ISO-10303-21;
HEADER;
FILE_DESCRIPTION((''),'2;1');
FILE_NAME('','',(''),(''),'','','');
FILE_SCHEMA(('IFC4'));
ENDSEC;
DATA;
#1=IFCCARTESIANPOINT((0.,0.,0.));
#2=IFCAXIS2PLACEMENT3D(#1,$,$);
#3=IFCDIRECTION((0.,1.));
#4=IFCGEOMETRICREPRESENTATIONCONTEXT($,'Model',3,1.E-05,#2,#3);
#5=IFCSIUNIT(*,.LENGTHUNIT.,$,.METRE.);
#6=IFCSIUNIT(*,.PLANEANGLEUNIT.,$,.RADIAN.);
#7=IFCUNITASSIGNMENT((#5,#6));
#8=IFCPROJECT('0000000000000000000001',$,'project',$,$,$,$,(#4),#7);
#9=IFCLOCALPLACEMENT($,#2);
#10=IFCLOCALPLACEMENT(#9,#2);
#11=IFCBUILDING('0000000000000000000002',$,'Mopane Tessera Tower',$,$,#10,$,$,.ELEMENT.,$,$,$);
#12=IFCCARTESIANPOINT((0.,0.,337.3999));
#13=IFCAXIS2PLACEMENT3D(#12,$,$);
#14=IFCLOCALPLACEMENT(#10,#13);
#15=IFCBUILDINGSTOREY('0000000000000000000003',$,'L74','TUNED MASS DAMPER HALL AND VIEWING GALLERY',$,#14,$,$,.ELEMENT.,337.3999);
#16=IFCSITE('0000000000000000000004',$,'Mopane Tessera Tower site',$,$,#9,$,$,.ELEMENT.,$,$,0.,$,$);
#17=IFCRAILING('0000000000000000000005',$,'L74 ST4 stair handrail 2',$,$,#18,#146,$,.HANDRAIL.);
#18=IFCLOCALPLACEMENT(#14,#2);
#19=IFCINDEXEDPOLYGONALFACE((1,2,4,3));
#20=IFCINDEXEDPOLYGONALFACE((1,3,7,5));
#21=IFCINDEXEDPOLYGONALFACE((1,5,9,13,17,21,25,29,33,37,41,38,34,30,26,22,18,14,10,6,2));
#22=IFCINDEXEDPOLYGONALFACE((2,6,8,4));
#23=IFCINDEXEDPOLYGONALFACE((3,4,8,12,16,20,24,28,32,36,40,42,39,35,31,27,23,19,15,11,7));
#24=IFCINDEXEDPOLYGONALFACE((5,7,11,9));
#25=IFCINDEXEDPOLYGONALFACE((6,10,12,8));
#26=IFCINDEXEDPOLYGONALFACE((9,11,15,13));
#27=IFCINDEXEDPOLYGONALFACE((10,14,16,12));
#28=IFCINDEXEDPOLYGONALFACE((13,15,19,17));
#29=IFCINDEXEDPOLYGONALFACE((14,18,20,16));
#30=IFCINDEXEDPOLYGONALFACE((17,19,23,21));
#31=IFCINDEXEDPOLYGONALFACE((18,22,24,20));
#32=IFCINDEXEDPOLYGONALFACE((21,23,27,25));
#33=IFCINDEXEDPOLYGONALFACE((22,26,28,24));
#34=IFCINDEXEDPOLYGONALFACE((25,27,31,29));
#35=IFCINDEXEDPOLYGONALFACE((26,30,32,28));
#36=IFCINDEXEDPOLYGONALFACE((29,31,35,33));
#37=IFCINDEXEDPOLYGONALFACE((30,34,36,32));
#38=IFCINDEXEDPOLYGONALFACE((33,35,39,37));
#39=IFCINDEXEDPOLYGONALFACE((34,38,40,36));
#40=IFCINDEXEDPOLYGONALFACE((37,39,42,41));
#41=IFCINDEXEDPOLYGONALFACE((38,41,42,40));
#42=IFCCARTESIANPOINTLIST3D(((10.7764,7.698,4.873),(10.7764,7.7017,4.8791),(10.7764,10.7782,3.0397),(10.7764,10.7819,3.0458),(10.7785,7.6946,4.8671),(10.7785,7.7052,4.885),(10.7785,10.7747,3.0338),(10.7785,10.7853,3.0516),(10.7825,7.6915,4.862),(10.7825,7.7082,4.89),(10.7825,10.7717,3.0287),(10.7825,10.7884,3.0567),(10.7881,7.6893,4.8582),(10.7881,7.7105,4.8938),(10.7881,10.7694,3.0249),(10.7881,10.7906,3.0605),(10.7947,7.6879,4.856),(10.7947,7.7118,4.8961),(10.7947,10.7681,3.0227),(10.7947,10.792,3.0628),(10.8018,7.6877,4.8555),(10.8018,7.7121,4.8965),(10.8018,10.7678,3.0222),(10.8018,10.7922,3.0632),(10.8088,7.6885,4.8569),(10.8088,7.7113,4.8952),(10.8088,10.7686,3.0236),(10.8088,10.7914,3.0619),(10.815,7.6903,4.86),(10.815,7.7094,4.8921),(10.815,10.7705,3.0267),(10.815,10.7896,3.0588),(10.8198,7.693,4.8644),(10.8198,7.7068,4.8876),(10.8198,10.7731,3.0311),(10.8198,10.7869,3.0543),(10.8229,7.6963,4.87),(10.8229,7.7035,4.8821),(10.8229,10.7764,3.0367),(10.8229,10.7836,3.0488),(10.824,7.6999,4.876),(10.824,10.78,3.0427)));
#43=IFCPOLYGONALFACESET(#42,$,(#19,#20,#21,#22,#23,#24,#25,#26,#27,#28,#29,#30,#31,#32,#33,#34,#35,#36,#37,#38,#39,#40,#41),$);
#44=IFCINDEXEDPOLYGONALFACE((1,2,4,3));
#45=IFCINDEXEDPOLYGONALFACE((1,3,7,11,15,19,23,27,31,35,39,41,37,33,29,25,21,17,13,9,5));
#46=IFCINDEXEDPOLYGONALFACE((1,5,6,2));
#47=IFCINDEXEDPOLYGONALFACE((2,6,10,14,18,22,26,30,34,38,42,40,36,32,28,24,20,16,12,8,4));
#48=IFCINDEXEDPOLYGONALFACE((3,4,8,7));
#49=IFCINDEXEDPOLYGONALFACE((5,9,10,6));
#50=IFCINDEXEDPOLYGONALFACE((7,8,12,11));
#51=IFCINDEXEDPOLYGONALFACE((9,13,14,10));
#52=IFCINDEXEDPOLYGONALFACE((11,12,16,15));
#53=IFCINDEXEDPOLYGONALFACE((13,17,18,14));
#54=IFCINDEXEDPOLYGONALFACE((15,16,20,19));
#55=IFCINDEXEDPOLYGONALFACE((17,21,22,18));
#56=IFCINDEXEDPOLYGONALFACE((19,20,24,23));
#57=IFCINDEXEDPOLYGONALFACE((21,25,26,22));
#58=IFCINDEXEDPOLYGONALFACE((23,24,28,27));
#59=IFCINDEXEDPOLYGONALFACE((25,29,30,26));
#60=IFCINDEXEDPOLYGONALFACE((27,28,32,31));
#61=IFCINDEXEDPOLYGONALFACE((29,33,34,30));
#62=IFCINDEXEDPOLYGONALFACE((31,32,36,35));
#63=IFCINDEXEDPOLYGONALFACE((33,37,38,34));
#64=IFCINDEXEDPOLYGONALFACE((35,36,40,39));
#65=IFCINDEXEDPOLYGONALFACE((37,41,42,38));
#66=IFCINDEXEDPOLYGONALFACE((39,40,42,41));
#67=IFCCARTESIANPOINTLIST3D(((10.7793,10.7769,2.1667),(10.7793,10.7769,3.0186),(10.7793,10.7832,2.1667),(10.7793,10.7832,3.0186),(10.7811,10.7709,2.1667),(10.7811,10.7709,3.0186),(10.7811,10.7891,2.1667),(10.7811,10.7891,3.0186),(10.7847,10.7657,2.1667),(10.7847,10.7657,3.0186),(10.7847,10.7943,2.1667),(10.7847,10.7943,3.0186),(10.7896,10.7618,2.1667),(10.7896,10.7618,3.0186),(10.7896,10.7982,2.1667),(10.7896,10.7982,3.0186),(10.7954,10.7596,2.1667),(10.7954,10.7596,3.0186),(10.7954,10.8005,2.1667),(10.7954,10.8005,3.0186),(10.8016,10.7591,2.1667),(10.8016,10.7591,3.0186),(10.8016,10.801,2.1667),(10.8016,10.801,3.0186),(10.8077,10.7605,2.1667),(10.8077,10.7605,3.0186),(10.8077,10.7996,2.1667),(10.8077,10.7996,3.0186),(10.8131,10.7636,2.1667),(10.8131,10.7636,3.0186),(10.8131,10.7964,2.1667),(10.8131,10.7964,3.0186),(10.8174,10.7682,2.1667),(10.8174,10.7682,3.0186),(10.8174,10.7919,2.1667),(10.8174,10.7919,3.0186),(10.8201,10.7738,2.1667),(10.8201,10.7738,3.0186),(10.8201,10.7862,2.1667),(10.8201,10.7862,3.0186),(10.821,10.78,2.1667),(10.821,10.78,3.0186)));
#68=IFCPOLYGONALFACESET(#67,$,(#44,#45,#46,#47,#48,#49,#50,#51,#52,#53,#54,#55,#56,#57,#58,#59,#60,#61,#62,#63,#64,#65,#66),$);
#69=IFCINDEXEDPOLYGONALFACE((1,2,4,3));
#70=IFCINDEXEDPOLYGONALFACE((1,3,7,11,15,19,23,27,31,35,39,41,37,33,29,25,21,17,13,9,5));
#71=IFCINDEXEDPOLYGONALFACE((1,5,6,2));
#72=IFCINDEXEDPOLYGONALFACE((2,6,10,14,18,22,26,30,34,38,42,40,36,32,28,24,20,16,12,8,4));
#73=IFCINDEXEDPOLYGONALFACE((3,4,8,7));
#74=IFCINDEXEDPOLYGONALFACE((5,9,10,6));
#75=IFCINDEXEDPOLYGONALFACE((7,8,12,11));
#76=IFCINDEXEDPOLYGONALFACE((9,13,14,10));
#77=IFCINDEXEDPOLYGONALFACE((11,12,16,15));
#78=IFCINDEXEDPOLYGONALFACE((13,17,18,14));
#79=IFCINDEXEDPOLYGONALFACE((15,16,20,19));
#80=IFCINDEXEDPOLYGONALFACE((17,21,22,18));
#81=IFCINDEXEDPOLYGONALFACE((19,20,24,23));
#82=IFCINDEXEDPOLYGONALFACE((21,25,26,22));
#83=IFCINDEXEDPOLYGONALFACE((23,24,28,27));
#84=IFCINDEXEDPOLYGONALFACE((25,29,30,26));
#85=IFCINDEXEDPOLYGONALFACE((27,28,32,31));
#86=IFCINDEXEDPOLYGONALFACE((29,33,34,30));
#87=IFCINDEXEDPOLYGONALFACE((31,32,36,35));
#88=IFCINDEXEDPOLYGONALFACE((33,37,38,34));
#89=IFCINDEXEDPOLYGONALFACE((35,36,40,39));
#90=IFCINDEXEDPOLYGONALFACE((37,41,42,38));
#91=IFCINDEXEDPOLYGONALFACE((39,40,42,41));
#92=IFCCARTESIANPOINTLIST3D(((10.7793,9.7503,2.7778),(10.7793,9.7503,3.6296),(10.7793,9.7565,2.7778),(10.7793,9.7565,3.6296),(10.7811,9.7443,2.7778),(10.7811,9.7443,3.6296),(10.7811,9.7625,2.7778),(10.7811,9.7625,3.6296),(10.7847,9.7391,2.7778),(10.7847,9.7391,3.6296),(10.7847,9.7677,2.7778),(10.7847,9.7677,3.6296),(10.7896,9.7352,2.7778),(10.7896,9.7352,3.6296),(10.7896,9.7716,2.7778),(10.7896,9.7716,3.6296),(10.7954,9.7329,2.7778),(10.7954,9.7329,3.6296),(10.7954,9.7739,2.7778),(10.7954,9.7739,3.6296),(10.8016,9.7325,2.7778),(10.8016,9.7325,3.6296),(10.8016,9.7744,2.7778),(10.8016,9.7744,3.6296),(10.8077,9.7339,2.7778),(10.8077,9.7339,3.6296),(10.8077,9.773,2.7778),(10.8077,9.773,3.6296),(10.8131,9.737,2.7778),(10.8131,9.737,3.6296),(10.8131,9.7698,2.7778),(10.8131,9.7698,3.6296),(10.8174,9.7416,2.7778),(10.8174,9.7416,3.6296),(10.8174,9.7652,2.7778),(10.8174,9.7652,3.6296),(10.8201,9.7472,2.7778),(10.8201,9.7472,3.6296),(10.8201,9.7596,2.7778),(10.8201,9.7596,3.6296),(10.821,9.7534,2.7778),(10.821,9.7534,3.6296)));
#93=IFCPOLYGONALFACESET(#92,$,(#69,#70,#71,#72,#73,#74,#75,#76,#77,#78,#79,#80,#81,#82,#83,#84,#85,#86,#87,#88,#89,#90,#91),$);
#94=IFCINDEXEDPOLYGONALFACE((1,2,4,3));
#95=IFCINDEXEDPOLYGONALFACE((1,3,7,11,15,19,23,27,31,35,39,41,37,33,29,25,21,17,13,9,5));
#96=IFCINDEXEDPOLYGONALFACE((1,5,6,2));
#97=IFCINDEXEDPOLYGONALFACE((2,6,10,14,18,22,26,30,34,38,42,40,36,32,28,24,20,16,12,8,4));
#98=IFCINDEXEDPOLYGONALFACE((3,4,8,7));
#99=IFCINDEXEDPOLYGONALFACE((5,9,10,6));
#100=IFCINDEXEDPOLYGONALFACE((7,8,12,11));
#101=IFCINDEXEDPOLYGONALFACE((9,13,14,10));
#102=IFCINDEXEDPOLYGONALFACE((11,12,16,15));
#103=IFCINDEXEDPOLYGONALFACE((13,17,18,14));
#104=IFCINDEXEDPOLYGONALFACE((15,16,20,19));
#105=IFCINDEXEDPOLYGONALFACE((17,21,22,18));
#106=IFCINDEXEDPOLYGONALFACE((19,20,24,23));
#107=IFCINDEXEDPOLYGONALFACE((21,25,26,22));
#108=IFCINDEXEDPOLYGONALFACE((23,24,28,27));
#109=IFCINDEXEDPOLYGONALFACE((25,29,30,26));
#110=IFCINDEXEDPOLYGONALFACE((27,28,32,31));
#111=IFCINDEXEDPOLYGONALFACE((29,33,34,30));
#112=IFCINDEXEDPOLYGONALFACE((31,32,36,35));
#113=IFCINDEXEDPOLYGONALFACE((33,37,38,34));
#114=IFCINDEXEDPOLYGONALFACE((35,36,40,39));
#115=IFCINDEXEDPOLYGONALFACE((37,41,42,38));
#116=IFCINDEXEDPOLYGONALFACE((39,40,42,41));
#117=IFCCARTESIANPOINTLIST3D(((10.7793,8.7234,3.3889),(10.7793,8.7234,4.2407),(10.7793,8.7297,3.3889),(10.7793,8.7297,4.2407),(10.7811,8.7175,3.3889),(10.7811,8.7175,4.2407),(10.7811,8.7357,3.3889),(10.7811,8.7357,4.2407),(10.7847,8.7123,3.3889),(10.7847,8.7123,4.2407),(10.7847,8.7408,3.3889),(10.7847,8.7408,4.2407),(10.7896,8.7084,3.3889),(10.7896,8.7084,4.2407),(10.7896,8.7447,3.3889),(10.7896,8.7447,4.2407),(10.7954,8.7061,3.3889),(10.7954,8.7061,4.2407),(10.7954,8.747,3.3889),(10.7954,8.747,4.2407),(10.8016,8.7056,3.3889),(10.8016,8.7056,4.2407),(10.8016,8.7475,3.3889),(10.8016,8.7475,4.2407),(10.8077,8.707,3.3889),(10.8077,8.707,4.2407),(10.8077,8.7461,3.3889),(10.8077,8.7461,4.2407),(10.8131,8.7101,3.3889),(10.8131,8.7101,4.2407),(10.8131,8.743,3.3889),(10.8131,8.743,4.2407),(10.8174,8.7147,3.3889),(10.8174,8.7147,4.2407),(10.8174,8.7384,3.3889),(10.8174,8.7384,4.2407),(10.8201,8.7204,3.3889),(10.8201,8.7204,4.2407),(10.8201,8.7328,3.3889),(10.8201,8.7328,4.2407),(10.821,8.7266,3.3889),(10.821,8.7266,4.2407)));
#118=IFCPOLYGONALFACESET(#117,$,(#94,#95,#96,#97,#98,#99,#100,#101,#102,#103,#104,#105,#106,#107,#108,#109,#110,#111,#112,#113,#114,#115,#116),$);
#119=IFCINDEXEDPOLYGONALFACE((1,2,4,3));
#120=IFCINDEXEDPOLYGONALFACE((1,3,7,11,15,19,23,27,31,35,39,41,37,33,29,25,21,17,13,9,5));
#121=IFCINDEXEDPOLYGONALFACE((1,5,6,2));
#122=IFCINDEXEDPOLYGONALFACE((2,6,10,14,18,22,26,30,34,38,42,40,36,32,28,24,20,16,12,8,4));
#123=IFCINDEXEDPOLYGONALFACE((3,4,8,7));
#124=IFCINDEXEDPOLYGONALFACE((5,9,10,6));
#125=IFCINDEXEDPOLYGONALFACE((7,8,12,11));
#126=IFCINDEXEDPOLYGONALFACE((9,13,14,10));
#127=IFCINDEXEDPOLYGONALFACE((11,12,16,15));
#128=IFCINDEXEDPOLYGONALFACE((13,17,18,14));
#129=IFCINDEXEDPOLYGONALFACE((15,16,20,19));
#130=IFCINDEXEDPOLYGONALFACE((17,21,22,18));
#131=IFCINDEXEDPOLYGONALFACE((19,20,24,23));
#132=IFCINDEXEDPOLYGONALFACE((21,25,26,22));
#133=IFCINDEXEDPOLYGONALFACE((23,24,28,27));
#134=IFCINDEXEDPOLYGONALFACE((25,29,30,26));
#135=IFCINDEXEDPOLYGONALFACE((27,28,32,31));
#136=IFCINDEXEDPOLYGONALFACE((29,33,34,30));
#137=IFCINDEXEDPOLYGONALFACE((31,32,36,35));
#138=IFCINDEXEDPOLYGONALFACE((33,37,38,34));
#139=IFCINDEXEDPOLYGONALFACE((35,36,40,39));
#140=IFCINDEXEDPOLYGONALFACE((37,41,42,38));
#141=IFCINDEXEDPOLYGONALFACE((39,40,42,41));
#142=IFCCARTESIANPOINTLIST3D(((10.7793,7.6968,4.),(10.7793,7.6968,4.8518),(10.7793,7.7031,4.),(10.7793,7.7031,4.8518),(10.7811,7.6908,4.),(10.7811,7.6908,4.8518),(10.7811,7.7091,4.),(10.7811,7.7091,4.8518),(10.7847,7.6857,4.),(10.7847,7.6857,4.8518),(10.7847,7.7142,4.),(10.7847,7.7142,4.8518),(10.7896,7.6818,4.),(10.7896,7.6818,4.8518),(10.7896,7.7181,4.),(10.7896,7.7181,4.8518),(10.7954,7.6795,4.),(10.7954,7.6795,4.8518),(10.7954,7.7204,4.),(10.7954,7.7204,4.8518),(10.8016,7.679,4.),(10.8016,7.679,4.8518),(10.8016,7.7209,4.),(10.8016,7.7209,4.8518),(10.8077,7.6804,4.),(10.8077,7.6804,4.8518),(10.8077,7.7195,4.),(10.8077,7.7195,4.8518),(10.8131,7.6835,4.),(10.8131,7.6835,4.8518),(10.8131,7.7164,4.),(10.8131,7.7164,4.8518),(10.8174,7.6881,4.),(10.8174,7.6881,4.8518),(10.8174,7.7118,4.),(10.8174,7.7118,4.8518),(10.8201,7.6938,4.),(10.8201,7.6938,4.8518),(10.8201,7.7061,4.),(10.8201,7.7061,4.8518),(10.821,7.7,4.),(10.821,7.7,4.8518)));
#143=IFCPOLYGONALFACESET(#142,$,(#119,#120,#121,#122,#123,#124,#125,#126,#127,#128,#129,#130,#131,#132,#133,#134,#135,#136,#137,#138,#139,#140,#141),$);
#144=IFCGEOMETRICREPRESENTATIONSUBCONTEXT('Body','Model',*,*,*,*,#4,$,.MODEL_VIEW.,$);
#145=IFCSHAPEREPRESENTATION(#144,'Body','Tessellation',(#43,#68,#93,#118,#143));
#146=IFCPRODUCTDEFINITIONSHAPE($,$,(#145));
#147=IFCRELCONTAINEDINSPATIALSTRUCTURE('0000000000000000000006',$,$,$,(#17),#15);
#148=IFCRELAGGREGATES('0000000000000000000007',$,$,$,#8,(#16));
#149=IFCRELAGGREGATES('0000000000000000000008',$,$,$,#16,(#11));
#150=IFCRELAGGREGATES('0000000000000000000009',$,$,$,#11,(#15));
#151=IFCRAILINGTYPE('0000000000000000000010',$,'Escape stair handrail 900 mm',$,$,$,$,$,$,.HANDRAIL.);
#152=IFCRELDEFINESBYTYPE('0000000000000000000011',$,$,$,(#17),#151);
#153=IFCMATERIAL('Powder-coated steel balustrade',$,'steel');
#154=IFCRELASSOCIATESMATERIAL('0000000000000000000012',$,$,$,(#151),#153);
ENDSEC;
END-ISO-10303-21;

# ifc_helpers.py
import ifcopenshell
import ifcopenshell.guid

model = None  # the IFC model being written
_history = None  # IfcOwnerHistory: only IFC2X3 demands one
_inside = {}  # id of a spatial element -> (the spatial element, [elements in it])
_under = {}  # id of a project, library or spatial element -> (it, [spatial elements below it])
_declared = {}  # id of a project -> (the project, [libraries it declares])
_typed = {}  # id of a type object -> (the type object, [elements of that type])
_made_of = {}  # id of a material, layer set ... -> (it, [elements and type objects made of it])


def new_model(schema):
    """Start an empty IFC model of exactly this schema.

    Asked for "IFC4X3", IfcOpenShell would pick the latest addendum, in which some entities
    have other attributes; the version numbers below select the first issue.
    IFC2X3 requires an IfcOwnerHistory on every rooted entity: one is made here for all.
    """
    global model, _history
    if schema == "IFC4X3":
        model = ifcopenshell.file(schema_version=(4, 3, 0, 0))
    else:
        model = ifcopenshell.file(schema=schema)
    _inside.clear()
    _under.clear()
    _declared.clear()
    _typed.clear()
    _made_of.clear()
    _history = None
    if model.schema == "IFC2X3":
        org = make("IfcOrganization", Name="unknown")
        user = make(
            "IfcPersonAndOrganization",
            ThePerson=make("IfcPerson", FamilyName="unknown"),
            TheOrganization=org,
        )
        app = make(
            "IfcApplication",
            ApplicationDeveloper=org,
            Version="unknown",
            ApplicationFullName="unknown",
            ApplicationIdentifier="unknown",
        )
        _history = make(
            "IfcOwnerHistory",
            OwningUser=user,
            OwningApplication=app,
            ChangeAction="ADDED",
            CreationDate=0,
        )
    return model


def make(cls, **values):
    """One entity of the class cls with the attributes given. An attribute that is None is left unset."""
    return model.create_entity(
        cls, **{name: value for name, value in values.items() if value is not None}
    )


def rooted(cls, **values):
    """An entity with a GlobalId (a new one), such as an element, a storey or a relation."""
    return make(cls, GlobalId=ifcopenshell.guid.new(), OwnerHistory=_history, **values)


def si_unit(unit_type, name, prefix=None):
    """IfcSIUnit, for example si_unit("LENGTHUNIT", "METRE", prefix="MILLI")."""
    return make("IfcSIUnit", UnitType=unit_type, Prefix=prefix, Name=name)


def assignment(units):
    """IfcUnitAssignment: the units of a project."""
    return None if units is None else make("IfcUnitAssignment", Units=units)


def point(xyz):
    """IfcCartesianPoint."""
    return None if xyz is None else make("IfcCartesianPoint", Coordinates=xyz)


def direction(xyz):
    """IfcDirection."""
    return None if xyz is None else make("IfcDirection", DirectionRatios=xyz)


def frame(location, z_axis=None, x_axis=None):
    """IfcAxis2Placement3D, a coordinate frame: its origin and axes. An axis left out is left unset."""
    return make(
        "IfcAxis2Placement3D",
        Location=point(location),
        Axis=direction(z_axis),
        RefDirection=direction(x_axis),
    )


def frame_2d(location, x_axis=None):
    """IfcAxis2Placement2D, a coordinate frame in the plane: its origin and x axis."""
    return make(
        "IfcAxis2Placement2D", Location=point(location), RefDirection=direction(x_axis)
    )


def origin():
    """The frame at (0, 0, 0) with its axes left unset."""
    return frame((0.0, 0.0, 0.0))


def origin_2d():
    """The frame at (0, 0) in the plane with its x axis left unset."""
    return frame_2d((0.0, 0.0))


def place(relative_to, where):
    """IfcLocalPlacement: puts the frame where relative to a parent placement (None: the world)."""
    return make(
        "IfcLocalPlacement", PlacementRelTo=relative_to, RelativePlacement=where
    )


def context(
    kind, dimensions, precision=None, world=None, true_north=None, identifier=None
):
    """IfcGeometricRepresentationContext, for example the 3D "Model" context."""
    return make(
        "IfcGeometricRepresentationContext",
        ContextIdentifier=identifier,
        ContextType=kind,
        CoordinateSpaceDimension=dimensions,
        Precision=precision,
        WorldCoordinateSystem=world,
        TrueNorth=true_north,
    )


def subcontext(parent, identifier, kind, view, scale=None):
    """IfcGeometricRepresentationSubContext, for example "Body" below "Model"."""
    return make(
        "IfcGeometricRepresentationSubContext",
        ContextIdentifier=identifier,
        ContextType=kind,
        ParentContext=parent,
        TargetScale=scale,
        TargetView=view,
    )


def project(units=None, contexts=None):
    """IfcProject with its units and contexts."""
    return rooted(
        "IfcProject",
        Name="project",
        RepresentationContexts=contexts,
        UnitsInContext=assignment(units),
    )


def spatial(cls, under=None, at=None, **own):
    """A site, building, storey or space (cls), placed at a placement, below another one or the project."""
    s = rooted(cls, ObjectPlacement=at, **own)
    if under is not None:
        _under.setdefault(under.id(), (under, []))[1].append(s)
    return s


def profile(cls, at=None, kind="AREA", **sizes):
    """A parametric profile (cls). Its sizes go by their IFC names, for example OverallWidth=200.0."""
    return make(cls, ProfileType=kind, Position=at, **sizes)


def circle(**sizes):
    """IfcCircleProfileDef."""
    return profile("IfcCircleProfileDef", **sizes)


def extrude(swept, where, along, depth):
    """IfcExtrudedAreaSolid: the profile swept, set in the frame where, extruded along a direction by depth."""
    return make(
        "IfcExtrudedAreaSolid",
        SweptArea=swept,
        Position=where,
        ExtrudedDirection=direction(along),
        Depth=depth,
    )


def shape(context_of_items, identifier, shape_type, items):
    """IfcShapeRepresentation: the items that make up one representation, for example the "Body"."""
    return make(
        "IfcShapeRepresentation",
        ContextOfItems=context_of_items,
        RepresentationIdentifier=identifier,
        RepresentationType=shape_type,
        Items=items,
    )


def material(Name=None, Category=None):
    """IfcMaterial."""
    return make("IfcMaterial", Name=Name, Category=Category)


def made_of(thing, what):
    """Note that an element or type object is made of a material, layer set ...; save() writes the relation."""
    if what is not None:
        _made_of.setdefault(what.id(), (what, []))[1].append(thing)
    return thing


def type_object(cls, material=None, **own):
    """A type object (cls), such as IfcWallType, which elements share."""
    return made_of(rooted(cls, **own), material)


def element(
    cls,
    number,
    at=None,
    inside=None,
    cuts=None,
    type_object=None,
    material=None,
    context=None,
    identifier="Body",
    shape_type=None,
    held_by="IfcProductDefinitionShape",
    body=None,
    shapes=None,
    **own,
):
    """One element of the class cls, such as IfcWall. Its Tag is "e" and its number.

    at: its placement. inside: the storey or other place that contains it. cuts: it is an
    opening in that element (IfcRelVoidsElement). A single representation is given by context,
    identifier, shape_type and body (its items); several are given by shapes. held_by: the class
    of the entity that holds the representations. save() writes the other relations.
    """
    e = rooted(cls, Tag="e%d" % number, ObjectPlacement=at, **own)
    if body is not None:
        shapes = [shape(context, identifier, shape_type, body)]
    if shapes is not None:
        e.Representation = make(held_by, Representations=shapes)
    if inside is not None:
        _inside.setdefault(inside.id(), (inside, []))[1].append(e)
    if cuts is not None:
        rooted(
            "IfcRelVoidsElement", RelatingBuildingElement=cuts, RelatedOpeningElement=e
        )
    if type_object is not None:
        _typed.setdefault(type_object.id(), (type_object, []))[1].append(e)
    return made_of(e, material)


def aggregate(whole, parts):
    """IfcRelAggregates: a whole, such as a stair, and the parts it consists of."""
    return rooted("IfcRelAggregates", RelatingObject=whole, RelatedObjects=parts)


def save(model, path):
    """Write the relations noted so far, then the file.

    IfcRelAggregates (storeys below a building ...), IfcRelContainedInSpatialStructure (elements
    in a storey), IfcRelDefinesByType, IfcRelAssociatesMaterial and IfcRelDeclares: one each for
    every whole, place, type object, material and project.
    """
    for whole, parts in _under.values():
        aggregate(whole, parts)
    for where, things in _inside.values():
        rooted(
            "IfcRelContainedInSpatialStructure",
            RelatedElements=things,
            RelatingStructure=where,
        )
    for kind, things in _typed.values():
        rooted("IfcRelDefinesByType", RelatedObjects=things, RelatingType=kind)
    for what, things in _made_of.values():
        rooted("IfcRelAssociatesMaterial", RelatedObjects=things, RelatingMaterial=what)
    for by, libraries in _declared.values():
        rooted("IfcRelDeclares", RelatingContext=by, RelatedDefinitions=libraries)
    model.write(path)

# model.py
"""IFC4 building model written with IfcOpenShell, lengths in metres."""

from ifc_helpers import new_model, si_unit, direction, frame, origin, origin_2d, place, context, subcontext, project, spatial, circle, extrude, material, type_object, element, save


model = new_model("IFC4")

# Units and contexts
model_context = context("Model", 3, precision=1e-05, world=origin(), true_north=direction((0.0, 1.0)))
body_context = subcontext(model_context, "Body", "Model", "MODEL_VIEW")
ifc_project = project(units=[si_unit("LENGTHUNIT", "METRE"), si_unit("PLANEANGLEUNIT", "RADIAN")], contexts=[model_context])

# Site, building, storey
site_placement = place(None, origin())
site = spatial("IfcSite", under=ifc_project, at=site_placement, Name="Mopane Tessera Tower site", CompositionType="ELEMENT", RefElevation=0.0)
building_placement = place(site_placement, origin())
building = spatial("IfcBuilding", under=site, at=building_placement, Name="Mopane Tessera Tower", CompositionType="ELEMENT")
storey_placement = place(building_placement, frame((0.0, 0.0, 337.3999)))
storey = spatial("IfcBuildingStorey", under=building, at=storey_placement, Name="L74", Description="TUNED MASS DAMPER HALL AND VIEWING GALLERY", CompositionType="ELEMENT", Elevation=337.3999)

# Railing
ifc_material_1 = material(Name="Powder-coated steel balustrade", Category="steel")
railing_type = type_object("IfcRailingType", Name="Escape stair handrail 900 mm", PredefinedType="HANDRAIL", material=ifc_material_1)
for number, where, name in (
    (1, (10.8, 10.78, 2.1667), "L74 ST4 stair handrail 2"),
):
    element("IfcRailing", number, at=place(storey_placement, frame(where)), inside=storey, type_object=railing_type, Name=name, PredefinedType="HANDRAIL", context=body_context, shape_type="SweptSolid", body=[
        extrude(circle(Radius=0.0239, at=origin_2d()), frame((0.0, 0.0, 0.876), z_axis=(0.0, -0.859309, 0.511458), x_axis=(1.0, 0.0, 0.0)), (0.0, 0.0, 1.0), 3.5845),
        extrude(circle(Radius=0.021, at=origin_2d()), origin(), (0.0, 0.0, 1.0), 0.8518),
        extrude(circle(Radius=0.021, at=origin_2d()), frame((0.0, -1.0266, 0.6111)), (0.0, 0.0, 1.0), 0.8518),
        extrude(circle(Radius=0.021, at=origin_2d()), frame((0.0, -2.0535, 1.2222)), (0.0, 0.0, 1.0), 0.8518),
        extrude(circle(Radius=0.021, at=origin_2d()), frame((0.0, -3.0801, 1.8333)), (0.0, 0.0, 1.0), 0.8518),
    ])

save(model, "model.ifc")
